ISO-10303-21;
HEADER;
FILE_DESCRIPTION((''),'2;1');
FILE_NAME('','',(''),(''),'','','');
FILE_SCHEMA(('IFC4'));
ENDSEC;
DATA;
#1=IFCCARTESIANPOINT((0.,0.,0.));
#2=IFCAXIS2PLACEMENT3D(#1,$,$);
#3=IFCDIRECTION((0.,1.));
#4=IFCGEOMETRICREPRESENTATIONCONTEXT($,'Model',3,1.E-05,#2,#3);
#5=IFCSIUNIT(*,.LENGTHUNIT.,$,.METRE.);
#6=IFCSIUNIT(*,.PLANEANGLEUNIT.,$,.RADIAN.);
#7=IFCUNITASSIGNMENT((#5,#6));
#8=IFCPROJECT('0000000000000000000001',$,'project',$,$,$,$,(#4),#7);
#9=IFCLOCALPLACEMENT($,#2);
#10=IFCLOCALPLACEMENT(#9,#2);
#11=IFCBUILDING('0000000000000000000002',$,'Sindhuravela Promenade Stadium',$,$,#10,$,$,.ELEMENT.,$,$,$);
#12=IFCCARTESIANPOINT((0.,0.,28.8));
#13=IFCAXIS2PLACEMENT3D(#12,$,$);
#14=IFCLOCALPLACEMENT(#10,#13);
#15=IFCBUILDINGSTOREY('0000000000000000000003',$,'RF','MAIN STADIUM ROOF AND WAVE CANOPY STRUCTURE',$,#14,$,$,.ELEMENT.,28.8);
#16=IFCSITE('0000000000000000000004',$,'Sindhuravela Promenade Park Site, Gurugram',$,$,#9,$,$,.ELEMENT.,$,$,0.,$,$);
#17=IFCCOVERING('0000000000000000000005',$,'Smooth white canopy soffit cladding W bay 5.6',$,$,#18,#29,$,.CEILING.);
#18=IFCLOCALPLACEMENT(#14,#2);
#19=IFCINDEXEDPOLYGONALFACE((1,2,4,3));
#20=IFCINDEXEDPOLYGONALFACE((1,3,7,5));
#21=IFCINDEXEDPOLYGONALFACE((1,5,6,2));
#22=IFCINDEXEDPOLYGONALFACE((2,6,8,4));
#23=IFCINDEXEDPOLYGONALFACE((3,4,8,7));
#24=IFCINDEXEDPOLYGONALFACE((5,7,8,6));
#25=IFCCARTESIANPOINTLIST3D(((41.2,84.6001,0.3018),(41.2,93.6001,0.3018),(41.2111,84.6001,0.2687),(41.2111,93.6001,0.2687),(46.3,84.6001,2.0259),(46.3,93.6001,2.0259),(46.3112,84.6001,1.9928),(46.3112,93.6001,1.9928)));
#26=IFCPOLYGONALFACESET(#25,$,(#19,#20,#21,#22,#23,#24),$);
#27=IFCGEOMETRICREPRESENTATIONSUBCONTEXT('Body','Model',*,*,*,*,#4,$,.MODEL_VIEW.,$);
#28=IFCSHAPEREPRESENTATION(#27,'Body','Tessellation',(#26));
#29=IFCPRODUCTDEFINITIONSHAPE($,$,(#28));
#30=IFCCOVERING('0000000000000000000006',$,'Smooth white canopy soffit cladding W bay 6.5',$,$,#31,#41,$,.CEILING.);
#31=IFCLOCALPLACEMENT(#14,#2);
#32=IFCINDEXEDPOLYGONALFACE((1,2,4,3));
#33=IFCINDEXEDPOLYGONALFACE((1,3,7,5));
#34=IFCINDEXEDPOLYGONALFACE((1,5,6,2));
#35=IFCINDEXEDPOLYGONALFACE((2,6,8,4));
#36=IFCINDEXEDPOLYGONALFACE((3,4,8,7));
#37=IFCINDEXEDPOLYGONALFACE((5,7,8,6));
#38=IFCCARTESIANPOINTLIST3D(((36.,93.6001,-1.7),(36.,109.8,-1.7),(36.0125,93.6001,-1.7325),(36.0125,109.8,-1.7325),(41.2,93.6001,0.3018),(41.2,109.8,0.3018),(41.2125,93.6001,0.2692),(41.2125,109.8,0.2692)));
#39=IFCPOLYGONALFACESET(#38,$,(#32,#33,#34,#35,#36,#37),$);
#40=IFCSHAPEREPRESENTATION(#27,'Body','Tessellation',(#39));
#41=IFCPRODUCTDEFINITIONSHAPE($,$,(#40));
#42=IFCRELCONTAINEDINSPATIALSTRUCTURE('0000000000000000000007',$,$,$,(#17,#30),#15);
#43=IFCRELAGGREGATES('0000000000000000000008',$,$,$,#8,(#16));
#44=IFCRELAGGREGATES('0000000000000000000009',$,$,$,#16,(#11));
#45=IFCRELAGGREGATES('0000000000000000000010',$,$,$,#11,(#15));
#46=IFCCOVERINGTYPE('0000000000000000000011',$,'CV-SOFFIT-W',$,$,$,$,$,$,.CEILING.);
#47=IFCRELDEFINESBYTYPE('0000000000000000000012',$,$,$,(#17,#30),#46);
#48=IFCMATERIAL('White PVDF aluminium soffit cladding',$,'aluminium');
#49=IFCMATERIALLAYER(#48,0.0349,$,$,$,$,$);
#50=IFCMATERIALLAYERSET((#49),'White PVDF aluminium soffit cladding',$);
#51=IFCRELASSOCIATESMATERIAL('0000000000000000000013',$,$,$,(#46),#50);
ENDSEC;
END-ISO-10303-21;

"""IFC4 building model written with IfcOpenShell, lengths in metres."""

from ifc_helpers import new_model, si_unit, direction, frame, origin, place, context, subcontext, project, spatial, polyline, outline, extrude, material, layer, layer_set, type_object, element, save


model = new_model("IFC4")

# Units and contexts
model_context = context("Model", 3, precision=1e-05, world=origin(), true_north=direction((0.0, 1.0)))
body_context = subcontext(model_context, "Body", "Model", "MODEL_VIEW")
ifc_project = project(units=[si_unit("LENGTHUNIT", "METRE"), si_unit("PLANEANGLEUNIT", "RADIAN")], contexts=[model_context])

# Site, building, storey
site_placement = place(None, origin())
site = spatial("IfcSite", under=ifc_project, at=site_placement, Name="Sindhuravela Promenade Park Site, Gurugram", CompositionType="ELEMENT", RefElevation=0.0)
building_placement = place(site_placement, origin())
building = spatial("IfcBuilding", under=site, at=building_placement, Name="Sindhuravela Promenade Stadium", CompositionType="ELEMENT")
storey_placement = place(building_placement, frame((0.0, 0.0, 28.8)))
storey = spatial("IfcBuildingStorey", under=building, at=storey_placement, Name="RF", Description="MAIN STADIUM ROOF AND WAVE CANOPY STRUCTURE", CompositionType="ELEMENT", Elevation=28.8)

# Coverings
ifc_material_1 = material(Name="White PVDF aluminium soffit cladding", Category="aluminium")
ifc_layer_1 = layer(ifc_material_1, 0.0349)
ifc_layer_set_1 = layer_set([ifc_layer_1], Name="White PVDF aluminium soffit cladding")
covering_type_1 = type_object("IfcCoveringType", Name="CV-SOFFIT-W", PredefinedType="CEILING", material=ifc_layer_set_1)
covering_1_placement = place(storey_placement, frame((41.2, 84.6001, 0.3018), z_axis=(-0.320252, 0.0, 0.947332), x_axis=(0.0, 1.0, 0.0)))
element("IfcCovering", 1, at=covering_1_placement, inside=storey, type_object=covering_type_1, Name="Smooth white canopy soffit cladding W bay 5.6", PredefinedType="CEILING", context=body_context, shape_type="SweptSolid", body=[
    extrude(outline(polyline([(0.0, 0.0), (0.0, -5.3836), (9.0, -5.3836), (9.0, 0.0), (0.0, 0.0)])), origin(), (0.0, 0.0, -1.0), 0.0349),
])
covering_2_placement = place(storey_placement, frame((36.0, 93.6001, -1.7), z_axis=(-0.359249, 0.0, 0.933242), x_axis=(0.0, 1.0, 0.0)))
element("IfcCovering", 2, at=covering_2_placement, inside=storey, type_object=covering_type_1, Name="Smooth white canopy soffit cladding W bay 6.5", PredefinedType="CEILING", context=body_context, shape_type="SweptSolid", body=[
    extrude(outline(polyline([(0.0, 0.0), (0.0, -5.5719), (16.2, -5.5719), (16.2, 0.0), (0.0, 0.0)])), origin(), (0.0, 0.0, -1.0), 0.0349),
])

save(model, "model.ifc")
